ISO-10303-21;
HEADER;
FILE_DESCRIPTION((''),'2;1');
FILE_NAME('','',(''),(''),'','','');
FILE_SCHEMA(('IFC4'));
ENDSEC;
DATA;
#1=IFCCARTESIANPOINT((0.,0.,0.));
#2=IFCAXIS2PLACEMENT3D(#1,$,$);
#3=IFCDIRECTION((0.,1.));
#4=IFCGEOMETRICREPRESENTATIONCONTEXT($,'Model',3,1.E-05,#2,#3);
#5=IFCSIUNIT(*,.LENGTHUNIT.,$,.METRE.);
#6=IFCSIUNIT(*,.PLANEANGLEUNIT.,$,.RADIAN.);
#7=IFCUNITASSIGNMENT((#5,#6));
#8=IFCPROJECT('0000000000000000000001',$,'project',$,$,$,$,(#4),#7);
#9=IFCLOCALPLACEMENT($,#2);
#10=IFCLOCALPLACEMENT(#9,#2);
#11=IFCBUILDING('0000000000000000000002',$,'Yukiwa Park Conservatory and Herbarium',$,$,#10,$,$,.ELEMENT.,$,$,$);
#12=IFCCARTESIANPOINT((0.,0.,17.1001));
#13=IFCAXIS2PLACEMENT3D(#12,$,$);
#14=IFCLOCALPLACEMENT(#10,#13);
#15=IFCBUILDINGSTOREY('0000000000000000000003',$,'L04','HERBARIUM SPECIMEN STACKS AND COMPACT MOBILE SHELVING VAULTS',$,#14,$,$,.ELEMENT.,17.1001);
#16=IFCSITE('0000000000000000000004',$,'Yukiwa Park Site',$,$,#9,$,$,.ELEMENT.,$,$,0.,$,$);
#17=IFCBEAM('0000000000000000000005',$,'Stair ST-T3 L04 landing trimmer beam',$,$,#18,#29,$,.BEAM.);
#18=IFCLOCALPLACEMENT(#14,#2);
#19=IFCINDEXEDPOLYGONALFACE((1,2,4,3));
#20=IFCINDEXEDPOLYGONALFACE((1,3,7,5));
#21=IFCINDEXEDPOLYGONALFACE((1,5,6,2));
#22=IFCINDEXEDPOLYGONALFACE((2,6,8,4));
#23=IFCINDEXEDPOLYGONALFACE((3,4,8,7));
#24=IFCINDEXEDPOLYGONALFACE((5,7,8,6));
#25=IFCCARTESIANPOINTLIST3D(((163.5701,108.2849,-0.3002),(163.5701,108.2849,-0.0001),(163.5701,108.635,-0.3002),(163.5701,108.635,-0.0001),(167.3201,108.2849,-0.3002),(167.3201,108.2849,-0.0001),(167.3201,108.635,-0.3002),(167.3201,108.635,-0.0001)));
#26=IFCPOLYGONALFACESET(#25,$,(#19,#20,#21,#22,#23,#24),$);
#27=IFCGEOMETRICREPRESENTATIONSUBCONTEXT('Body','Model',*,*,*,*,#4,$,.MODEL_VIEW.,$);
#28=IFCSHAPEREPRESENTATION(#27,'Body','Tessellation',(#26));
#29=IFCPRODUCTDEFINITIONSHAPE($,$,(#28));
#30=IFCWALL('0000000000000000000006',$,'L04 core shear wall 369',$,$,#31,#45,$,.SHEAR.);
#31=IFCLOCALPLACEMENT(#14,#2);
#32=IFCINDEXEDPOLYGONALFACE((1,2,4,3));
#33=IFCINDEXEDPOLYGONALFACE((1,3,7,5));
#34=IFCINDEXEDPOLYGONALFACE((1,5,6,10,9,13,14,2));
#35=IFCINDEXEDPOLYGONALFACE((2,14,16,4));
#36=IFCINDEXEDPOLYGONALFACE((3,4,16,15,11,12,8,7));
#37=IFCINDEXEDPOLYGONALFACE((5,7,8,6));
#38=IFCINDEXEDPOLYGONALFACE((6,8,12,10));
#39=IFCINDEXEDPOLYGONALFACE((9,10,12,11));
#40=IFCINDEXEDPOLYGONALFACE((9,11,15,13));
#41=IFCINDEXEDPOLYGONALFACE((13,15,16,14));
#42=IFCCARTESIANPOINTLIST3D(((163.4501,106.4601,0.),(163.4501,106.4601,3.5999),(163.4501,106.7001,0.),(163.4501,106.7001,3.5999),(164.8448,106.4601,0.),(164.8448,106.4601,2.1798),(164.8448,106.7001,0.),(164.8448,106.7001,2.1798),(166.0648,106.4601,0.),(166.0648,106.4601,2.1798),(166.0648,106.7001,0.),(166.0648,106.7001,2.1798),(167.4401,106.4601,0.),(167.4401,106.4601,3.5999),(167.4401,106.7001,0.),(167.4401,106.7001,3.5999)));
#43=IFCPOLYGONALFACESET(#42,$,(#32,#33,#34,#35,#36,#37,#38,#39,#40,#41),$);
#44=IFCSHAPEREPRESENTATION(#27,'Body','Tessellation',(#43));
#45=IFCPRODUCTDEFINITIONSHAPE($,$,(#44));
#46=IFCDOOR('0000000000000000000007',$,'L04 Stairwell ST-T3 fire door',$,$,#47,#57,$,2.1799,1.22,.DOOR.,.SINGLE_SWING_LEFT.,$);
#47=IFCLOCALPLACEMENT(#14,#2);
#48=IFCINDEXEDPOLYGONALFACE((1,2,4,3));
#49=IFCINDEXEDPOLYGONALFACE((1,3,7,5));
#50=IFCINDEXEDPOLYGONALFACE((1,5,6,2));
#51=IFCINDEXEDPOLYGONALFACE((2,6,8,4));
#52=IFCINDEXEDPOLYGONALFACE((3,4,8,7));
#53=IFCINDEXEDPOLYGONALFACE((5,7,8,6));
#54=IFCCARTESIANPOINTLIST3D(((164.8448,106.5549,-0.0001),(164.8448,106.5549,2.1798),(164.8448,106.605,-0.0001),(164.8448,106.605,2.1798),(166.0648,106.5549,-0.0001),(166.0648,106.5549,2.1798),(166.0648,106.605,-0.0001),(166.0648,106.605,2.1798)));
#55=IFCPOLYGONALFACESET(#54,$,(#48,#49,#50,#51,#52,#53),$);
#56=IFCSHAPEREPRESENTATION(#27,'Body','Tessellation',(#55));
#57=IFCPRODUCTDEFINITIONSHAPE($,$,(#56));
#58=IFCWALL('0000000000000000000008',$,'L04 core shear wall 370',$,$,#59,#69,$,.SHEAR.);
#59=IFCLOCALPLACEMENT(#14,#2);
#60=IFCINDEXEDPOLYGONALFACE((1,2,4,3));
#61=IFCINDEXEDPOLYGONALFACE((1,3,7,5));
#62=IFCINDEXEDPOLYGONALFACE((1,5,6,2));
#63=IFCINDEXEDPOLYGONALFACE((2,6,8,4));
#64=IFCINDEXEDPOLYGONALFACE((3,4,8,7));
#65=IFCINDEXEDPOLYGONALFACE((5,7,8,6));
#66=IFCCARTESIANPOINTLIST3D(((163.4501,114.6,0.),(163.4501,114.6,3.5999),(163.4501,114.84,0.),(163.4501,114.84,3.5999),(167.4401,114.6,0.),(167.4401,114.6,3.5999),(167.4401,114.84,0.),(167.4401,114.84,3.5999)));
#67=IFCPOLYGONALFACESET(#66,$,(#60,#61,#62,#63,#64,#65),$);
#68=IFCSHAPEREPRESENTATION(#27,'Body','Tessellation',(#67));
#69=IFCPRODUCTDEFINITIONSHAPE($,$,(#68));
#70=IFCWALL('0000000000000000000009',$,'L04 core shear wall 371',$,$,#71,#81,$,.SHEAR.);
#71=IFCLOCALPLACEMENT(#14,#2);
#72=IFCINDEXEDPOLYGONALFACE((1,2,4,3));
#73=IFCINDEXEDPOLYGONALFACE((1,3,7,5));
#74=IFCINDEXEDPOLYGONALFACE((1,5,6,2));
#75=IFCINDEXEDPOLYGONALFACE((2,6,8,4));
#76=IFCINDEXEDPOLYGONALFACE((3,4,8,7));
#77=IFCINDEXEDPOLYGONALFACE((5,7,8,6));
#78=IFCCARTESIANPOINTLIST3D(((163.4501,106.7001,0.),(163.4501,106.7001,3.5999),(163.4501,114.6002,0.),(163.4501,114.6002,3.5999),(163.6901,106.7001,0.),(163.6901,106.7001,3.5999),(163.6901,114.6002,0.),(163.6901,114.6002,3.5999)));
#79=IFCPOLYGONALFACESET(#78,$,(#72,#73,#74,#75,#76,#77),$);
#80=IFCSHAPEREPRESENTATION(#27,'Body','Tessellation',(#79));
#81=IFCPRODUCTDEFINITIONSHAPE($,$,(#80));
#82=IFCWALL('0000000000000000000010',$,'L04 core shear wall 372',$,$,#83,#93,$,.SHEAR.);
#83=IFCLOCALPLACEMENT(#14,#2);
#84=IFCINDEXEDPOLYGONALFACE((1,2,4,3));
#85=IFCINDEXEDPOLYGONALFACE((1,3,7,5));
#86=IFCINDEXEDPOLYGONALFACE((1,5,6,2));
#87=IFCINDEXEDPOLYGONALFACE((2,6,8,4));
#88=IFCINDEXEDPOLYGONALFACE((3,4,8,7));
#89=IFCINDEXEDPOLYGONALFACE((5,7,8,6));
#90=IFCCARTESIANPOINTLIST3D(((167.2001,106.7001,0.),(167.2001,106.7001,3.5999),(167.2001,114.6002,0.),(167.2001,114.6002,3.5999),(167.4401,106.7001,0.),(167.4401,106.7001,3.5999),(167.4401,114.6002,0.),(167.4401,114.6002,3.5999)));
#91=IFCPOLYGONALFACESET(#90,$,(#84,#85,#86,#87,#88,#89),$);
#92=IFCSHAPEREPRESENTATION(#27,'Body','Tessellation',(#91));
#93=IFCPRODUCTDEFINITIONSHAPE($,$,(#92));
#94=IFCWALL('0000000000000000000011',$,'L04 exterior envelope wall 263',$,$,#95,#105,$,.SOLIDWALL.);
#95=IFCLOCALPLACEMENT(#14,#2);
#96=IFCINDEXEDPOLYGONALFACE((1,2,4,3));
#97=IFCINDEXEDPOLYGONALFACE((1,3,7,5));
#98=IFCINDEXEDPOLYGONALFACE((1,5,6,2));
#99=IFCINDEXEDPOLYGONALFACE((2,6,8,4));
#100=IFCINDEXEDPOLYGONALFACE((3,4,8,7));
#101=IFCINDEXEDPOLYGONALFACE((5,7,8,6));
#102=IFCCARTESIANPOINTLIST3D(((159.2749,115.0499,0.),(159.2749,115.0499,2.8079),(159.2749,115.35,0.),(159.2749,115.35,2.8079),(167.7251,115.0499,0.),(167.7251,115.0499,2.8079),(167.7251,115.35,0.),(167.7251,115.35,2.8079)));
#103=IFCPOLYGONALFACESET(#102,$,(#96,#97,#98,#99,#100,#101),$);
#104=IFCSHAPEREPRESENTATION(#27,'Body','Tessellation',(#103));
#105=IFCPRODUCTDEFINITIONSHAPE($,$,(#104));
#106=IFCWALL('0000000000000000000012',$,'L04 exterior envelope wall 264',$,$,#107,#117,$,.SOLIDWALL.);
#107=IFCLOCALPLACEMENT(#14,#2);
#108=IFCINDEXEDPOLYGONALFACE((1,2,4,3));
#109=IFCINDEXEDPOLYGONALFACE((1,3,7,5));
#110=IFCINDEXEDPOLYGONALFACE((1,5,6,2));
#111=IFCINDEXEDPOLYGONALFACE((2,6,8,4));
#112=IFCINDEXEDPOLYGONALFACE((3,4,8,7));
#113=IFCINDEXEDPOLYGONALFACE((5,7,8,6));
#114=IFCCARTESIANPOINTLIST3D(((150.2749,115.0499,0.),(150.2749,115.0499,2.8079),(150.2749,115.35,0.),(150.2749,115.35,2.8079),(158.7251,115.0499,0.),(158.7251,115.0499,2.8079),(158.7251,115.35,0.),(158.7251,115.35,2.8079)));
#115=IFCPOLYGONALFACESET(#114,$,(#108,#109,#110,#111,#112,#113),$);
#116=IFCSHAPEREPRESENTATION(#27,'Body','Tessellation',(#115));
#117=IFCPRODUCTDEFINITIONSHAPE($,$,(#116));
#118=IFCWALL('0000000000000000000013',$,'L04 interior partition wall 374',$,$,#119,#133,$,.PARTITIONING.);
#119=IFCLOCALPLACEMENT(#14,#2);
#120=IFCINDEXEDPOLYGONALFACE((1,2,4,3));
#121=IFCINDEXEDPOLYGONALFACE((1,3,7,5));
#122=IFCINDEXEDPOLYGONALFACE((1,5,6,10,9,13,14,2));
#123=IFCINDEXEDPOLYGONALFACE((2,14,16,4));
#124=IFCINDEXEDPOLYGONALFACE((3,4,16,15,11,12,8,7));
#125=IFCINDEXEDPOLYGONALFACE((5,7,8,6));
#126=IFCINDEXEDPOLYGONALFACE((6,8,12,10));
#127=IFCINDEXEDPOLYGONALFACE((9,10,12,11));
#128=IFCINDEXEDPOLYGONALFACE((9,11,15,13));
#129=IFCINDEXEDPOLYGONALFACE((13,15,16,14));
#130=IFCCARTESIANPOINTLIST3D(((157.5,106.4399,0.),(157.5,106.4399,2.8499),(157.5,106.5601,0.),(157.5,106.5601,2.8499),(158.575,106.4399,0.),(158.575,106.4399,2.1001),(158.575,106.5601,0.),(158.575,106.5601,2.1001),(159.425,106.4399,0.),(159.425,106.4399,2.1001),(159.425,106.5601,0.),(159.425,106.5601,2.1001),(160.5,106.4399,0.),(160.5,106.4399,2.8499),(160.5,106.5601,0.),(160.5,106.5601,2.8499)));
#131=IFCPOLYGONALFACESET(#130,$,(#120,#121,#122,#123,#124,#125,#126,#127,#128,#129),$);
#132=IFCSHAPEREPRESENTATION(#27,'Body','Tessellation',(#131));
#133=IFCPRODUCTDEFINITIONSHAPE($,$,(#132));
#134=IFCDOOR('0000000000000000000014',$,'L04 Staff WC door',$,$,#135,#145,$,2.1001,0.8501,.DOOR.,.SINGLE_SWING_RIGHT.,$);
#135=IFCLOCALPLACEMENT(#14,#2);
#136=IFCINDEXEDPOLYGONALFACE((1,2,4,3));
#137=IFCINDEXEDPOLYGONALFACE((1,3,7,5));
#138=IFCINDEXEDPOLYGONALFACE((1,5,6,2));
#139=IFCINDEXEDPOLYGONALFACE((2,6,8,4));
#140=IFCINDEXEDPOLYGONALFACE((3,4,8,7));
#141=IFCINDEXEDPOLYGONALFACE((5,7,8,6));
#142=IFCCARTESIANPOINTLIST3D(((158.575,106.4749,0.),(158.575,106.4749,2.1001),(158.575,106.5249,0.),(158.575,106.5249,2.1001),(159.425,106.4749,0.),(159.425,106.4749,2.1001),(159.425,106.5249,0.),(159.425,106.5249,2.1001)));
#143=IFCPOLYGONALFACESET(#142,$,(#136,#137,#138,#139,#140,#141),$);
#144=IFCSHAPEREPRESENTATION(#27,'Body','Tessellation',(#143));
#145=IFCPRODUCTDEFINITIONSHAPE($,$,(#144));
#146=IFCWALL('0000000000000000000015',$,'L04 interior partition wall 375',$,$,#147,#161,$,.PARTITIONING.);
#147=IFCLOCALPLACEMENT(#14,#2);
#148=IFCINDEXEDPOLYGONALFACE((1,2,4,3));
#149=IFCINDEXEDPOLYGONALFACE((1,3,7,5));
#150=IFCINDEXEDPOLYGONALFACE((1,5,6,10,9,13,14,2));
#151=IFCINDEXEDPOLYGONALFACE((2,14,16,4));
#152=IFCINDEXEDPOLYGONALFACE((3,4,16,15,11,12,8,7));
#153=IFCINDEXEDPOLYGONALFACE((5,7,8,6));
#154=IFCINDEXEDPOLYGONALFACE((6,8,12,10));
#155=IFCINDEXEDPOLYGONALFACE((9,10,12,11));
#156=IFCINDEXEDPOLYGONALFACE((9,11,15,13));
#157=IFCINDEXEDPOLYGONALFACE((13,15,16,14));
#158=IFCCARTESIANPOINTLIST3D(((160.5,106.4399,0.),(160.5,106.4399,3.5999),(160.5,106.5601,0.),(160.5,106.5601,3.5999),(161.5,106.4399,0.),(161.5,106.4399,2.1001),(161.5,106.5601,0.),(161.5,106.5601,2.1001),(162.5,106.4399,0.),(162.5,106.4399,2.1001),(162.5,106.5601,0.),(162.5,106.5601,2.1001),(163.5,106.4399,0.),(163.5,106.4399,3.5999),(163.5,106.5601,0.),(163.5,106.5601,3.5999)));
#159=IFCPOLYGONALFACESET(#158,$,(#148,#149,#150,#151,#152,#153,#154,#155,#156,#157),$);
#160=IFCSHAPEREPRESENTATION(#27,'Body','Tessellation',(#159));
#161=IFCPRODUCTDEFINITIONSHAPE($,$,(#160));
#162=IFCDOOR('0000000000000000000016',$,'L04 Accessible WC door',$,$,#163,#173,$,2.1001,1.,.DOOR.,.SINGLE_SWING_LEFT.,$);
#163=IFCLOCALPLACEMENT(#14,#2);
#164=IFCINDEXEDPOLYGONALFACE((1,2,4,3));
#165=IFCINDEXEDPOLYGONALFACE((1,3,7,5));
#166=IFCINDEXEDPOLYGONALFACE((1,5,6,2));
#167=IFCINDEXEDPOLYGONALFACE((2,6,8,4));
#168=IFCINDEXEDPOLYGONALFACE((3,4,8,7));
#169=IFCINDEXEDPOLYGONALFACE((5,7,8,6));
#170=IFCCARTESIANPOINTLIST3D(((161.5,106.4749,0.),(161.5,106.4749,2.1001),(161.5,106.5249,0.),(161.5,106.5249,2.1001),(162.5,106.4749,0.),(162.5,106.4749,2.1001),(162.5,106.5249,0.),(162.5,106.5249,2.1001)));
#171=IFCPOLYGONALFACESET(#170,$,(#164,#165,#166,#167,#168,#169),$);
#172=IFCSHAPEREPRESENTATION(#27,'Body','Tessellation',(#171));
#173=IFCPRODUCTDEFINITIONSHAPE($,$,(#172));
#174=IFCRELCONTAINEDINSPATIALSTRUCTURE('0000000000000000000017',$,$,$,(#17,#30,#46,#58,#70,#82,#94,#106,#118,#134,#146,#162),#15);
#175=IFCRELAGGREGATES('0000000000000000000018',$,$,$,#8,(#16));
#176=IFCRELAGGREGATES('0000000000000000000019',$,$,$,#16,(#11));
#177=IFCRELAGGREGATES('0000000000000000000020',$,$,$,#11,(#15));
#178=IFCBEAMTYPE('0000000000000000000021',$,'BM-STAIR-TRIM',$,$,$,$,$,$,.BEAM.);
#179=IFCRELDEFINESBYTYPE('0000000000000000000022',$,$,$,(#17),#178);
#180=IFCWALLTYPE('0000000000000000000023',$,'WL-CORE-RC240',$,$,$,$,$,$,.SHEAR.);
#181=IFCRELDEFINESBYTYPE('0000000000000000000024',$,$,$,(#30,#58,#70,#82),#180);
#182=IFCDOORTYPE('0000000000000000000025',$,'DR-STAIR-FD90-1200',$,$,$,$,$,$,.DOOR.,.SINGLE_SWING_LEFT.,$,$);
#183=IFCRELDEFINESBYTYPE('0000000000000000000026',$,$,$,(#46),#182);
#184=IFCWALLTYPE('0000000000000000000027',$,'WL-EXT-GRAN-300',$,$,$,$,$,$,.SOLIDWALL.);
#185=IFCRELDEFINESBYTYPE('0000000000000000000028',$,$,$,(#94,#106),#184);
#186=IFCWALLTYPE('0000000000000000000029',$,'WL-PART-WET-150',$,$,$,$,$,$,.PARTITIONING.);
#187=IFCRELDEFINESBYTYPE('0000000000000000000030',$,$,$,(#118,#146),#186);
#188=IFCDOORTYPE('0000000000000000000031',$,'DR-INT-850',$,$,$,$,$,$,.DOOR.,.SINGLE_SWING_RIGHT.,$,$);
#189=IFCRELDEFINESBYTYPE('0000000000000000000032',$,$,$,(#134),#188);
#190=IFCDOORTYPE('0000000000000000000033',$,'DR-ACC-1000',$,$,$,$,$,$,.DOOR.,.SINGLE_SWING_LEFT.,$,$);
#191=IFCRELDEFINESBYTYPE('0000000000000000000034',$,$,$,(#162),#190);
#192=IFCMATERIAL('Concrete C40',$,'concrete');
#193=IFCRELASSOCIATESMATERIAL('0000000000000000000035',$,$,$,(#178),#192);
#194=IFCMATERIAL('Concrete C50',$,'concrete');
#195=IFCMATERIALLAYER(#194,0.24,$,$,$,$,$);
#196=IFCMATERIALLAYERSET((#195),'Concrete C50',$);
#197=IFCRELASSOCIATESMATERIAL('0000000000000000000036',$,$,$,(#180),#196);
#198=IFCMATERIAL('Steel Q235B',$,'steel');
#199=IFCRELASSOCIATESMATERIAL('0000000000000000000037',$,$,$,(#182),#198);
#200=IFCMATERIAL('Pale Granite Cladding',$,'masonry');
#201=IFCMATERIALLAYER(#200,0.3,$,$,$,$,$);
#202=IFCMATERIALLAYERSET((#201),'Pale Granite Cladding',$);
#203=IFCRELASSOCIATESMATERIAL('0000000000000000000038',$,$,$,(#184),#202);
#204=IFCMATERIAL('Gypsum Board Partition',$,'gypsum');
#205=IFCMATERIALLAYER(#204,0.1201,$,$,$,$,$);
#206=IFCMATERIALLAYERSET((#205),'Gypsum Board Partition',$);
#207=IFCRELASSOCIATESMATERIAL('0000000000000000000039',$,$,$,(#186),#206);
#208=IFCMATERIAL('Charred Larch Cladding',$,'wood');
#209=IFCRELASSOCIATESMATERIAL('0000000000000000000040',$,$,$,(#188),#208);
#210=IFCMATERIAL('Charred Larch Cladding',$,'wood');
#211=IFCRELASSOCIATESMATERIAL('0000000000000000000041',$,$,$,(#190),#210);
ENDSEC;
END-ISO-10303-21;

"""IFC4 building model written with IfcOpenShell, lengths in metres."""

from ifc_helpers import new_model, si_unit, direction, frame, frame_2d, origin, origin_2d, place, context, subcontext, project, spatial, rectangle, extrude, material, layer, layer_set, material_profile, profile_set, type_object, element, fill, save


model = new_model("IFC4")

# Units and contexts
model_context = context("Model", 3, precision=1e-05, world=origin(), true_north=direction((0.0, 1.0)))
body_context = subcontext(model_context, "Body", "Model", "MODEL_VIEW")
ifc_project = project(units=[si_unit("LENGTHUNIT", "METRE"), si_unit("PLANEANGLEUNIT", "RADIAN")], contexts=[model_context])

# Site, building, storey
site_placement = place(None, origin())
site = spatial("IfcSite", under=ifc_project, at=site_placement, Name="Yukiwa Park Site", CompositionType="ELEMENT", RefElevation=0.0)
building_placement = place(site_placement, origin())
building = spatial("IfcBuilding", under=site, at=building_placement, Name="Yukiwa Park Conservatory and Herbarium", CompositionType="ELEMENT")
storey_placement = place(building_placement, frame((0.0, 0.0, 17.1001)))
storey = spatial("IfcBuildingStorey", under=building, at=storey_placement, Name="L04", Description="HERBARIUM SPECIMEN STACKS AND COMPACT MOBILE SHELVING VAULTS", CompositionType="ELEMENT", Elevation=17.1001)

# Beam
ifc_material_1 = material(Name="Concrete C40", Category="concrete")
ifc_material_profile_1 = material_profile(ifc_material_1, rectangle(XDim=0.3501, YDim=0.3, at=origin_2d()), Name="RC 350x300")
ifc_profile_set_1 = profile_set([ifc_material_profile_1], Name="Concrete C40")
beam_type_1 = type_object("IfcBeamType", Name="BM-STAIR-TRIM", PredefinedType="BEAM", material=ifc_profile_set_1)
beam_1_placement = place(storey_placement, frame((163.5701, 108.46, -0.1501), z_axis=(1.0, 0.0, 0.0), x_axis=(0.0, 1.0, 0.0)))
element("IfcBeam", 1, at=beam_1_placement, inside=storey, type_object=beam_type_1, Name="Stair ST-T3 L04 landing trimmer beam", PredefinedType="BEAM", context=body_context, shape_type="SweptSolid", body=[
    extrude(rectangle(XDim=0.3501, YDim=0.3, at=origin_2d()), origin(), (0.0, 0.0, 1.0), 3.75),
])

# Wall, opening, door
ifc_material_2 = material(Name="Concrete C50", Category="concrete")
ifc_layer_1 = layer(ifc_material_2, 0.24)
ifc_layer_set_1 = layer_set([ifc_layer_1], Name="Concrete C50")
wall_type_1 = type_object("IfcWallType", Name="WL-CORE-RC240", PredefinedType="SHEAR", material=ifc_layer_set_1)
wall_1_placement = place(storey_placement, frame((163.45, 106.5801, 0.0), z_axis=(0.0, 0.0, 1.0), x_axis=(1.0, 0.0, 0.0)))
wall_1 = element("IfcWall", 2, at=wall_1_placement, inside=storey, type_object=wall_type_1, Name="L04 core shear wall 369", PredefinedType="SHEAR", context=body_context, shape_type="SweptSolid", body=[
    extrude(rectangle(XDim=3.99, YDim=0.24, at=frame_2d((1.9951, 0.0))), origin(), (0.0, 0.0, 1.0), 3.5999),
])
opening_1_placement = place(wall_1_placement, frame((1.395, 0.0, 0.0)))
opening_1 = element("IfcOpeningElement", 3, at=opening_1_placement, cuts=wall_1, PredefinedType="OPENING", context=body_context, shape_type="SweptSolid", body=[
    extrude(rectangle(XDim=1.22, YDim=2.1799, at=frame_2d((0.6099, 1.0898))), frame((0.0, 0.1299, 0.0), z_axis=(0.0, -1.0, 0.0), x_axis=(1.0, 0.0, 0.0)), (0.0, 0.0, 1.0), 0.26),
])
ifc_material_3 = material(Name="Steel Q235B", Category="steel")
door_type_1 = type_object("IfcDoorType", Name="DR-STAIR-FD90-1200", OperationType="SINGLE_SWING_LEFT", PredefinedType="DOOR", material=ifc_material_3)
door_1_placement = place(opening_1_placement, origin())
door_1 = element("IfcDoor", 4, at=door_1_placement, inside=storey, type_object=door_type_1, Name="L04 Stairwell ST-T3 fire door", OperationType="SINGLE_SWING_LEFT", OverallHeight=2.1799, OverallWidth=1.22, PredefinedType="DOOR", context=body_context, shape_type="SweptSolid", body=[
    extrude(rectangle(XDim=1.22, YDim=2.1799, at=frame_2d((0.6099, 1.0898))), frame((0.0, 0.0249, 0.0), z_axis=(0.0, -1.0, 0.0), x_axis=(1.0, 0.0, 0.0)), (0.0, 0.0, 1.0), 0.05),
])
fill(opening_1, door_1)

# Walls
wall_2_placement = place(storey_placement, frame((163.45, 114.72, 0.0), z_axis=(0.0, 0.0, 1.0), x_axis=(1.0, 0.0, 0.0)))
element("IfcWall", 5, at=wall_2_placement, inside=storey, type_object=wall_type_1, Name="L04 core shear wall 370", PredefinedType="SHEAR", context=body_context, shape_type="SweptSolid", body=[
    extrude(rectangle(XDim=3.99, YDim=0.24, at=frame_2d((1.9951, 0.0))), origin(), (0.0, 0.0, 1.0), 3.5999),
])
for number, where, z_axis, x_axis, name in (
    (6, (163.5701, 106.7, 0.0), (0.0, 0.0, 1.0), (0.0, 1.0, 0.0), "L04 core shear wall 371"),
    (7, (167.3201, 106.7, 0.0), (0.0, 0.0, 1.0), (0.0, 1.0, 0.0), "L04 core shear wall 372"),
):
    element("IfcWall", number, at=place(storey_placement, frame(where, z_axis=z_axis, x_axis=x_axis)), inside=storey, type_object=wall_type_1, Name=name, PredefinedType="SHEAR", context=body_context, shape_type="SweptSolid", body=[
        extrude(rectangle(XDim=7.9001, YDim=0.24, at=frame_2d((3.9502, 0.0))), origin(), (0.0, 0.0, 1.0), 3.5999),
    ])
ifc_material_4 = material(Name="Pale Granite Cladding", Category="masonry")
ifc_layer_2 = layer(ifc_material_4, 0.3)
ifc_layer_set_2 = layer_set([ifc_layer_2], Name="Pale Granite Cladding")
wall_type_2 = type_object("IfcWallType", Name="WL-EXT-GRAN-300", PredefinedType="SOLIDWALL", material=ifc_layer_set_2)
for number, where, z_axis, x_axis, name in (
    (8, (167.7251, 115.2, 0.0), (0.0, 0.0, 1.0), (-1.0, 0.0, 0.0), "L04 exterior envelope wall 263"),
    (9, (158.7251, 115.2, 0.0), (0.0, 0.0, 1.0), (-1.0, 0.0, 0.0), "L04 exterior envelope wall 264"),
):
    element("IfcWall", number, at=place(storey_placement, frame(where, z_axis=z_axis, x_axis=x_axis)), inside=storey, type_object=wall_type_2, Name=name, PredefinedType="SOLIDWALL", context=body_context, shape_type="SweptSolid", body=[
        extrude(rectangle(XDim=8.4502, YDim=0.3, at=frame_2d((4.2251, 0.0))), origin(), (0.0, 0.0, 1.0), 2.8079),
    ])

# Walls, openings, doors
ifc_material_5 = material(Name="Gypsum Board Partition", Category="gypsum")
ifc_layer_3 = layer(ifc_material_5, 0.1201)
ifc_layer_set_3 = layer_set([ifc_layer_3], Name="Gypsum Board Partition")
wall_type_3 = type_object("IfcWallType", Name="WL-PART-WET-150", PredefinedType="PARTITIONING", material=ifc_layer_set_3)
wall_3_placement = place(storey_placement, frame((157.5, 106.5, 0.0), z_axis=(0.0, 0.0, 1.0), x_axis=(1.0, 0.0, 0.0)))
wall_3 = element("IfcWall", 10, at=wall_3_placement, inside=storey, type_object=wall_type_3, Name="L04 interior partition wall 374", PredefinedType="PARTITIONING", context=body_context, shape_type="SweptSolid", body=[
    extrude(rectangle(XDim=3.0, YDim=0.1201, at=frame_2d((1.5, 0.0))), origin(), (0.0, 0.0, 1.0), 2.8499),
])
opening_2_placement = place(wall_3_placement, frame((1.075, 0.0, 0.0)))
opening_2 = element("IfcOpeningElement", 11, at=opening_2_placement, cuts=wall_3, PredefinedType="OPENING", context=body_context, shape_type="SweptSolid", body=[
    extrude(rectangle(XDim=0.8501, YDim=2.1001, at=frame_2d((0.425, 1.05))), frame((0.0, 0.0701, 0.0), z_axis=(0.0, -1.0, 0.0), x_axis=(1.0, 0.0, 0.0)), (0.0, 0.0, 1.0), 0.1401),
])
ifc_material_6 = material(Name="Charred Larch Cladding", Category="wood")
door_type_2 = type_object("IfcDoorType", Name="DR-INT-850", OperationType="SINGLE_SWING_RIGHT", PredefinedType="DOOR", material=ifc_material_6)
door_2_placement = place(opening_2_placement, origin())
door_2 = element("IfcDoor", 12, at=door_2_placement, inside=storey, type_object=door_type_2, Name="L04 Staff WC door", OperationType="SINGLE_SWING_RIGHT", OverallHeight=2.1001, OverallWidth=0.8501, PredefinedType="DOOR", context=body_context, shape_type="SweptSolid", body=[
    extrude(rectangle(XDim=0.8501, YDim=2.1001, at=frame_2d((0.425, 1.05))), frame((0.0, 0.0249, 0.0), z_axis=(0.0, -1.0, 0.0), x_axis=(1.0, 0.0, 0.0)), (0.0, 0.0, 1.0), 0.05),
])
fill(opening_2, door_2)
wall_4_placement = place(storey_placement, frame((160.5, 106.5, 0.0), z_axis=(0.0, 0.0, 1.0), x_axis=(1.0, 0.0, 0.0)))
wall_4 = element("IfcWall", 13, at=wall_4_placement, inside=storey, type_object=wall_type_3, Name="L04 interior partition wall 375", PredefinedType="PARTITIONING", context=body_context, shape_type="SweptSolid", body=[
    extrude(rectangle(XDim=3.0, YDim=0.1201, at=frame_2d((1.5, 0.0))), origin(), (0.0, 0.0, 1.0), 3.5999),
])
opening_3_placement = place(wall_4_placement, frame((1.0, 0.0, 0.0)))
opening_3 = element("IfcOpeningElement", 14, at=opening_3_placement, cuts=wall_4, PredefinedType="OPENING", context=body_context, shape_type="SweptSolid", body=[
    extrude(rectangle(XDim=1.0, YDim=2.1001, at=frame_2d((0.5, 1.05))), frame((0.0, 0.0701, 0.0), z_axis=(0.0, -1.0, 0.0), x_axis=(1.0, 0.0, 0.0)), (0.0, 0.0, 1.0), 0.1401),
])
ifc_material_7 = material(Name="Charred Larch Cladding", Category="wood")
door_type_3 = type_object("IfcDoorType", Name="DR-ACC-1000", OperationType="SINGLE_SWING_LEFT", PredefinedType="DOOR", material=ifc_material_7)
door_3_placement = place(opening_3_placement, origin())
door_3 = element("IfcDoor", 15, at=door_3_placement, inside=storey, type_object=door_type_3, Name="L04 Accessible WC door", OperationType="SINGLE_SWING_LEFT", OverallHeight=2.1001, OverallWidth=1.0, PredefinedType="DOOR", context=body_context, shape_type="SweptSolid", body=[
    extrude(rectangle(XDim=1.0, YDim=2.1001, at=frame_2d((0.5, 1.05))), frame((0.0, 0.0249, 0.0), z_axis=(0.0, -1.0, 0.0), x_axis=(1.0, 0.0, 0.0)), (0.0, 0.0, 1.0), 0.05),
])
fill(opening_3, door_3)

save(model, "model.ifc")
